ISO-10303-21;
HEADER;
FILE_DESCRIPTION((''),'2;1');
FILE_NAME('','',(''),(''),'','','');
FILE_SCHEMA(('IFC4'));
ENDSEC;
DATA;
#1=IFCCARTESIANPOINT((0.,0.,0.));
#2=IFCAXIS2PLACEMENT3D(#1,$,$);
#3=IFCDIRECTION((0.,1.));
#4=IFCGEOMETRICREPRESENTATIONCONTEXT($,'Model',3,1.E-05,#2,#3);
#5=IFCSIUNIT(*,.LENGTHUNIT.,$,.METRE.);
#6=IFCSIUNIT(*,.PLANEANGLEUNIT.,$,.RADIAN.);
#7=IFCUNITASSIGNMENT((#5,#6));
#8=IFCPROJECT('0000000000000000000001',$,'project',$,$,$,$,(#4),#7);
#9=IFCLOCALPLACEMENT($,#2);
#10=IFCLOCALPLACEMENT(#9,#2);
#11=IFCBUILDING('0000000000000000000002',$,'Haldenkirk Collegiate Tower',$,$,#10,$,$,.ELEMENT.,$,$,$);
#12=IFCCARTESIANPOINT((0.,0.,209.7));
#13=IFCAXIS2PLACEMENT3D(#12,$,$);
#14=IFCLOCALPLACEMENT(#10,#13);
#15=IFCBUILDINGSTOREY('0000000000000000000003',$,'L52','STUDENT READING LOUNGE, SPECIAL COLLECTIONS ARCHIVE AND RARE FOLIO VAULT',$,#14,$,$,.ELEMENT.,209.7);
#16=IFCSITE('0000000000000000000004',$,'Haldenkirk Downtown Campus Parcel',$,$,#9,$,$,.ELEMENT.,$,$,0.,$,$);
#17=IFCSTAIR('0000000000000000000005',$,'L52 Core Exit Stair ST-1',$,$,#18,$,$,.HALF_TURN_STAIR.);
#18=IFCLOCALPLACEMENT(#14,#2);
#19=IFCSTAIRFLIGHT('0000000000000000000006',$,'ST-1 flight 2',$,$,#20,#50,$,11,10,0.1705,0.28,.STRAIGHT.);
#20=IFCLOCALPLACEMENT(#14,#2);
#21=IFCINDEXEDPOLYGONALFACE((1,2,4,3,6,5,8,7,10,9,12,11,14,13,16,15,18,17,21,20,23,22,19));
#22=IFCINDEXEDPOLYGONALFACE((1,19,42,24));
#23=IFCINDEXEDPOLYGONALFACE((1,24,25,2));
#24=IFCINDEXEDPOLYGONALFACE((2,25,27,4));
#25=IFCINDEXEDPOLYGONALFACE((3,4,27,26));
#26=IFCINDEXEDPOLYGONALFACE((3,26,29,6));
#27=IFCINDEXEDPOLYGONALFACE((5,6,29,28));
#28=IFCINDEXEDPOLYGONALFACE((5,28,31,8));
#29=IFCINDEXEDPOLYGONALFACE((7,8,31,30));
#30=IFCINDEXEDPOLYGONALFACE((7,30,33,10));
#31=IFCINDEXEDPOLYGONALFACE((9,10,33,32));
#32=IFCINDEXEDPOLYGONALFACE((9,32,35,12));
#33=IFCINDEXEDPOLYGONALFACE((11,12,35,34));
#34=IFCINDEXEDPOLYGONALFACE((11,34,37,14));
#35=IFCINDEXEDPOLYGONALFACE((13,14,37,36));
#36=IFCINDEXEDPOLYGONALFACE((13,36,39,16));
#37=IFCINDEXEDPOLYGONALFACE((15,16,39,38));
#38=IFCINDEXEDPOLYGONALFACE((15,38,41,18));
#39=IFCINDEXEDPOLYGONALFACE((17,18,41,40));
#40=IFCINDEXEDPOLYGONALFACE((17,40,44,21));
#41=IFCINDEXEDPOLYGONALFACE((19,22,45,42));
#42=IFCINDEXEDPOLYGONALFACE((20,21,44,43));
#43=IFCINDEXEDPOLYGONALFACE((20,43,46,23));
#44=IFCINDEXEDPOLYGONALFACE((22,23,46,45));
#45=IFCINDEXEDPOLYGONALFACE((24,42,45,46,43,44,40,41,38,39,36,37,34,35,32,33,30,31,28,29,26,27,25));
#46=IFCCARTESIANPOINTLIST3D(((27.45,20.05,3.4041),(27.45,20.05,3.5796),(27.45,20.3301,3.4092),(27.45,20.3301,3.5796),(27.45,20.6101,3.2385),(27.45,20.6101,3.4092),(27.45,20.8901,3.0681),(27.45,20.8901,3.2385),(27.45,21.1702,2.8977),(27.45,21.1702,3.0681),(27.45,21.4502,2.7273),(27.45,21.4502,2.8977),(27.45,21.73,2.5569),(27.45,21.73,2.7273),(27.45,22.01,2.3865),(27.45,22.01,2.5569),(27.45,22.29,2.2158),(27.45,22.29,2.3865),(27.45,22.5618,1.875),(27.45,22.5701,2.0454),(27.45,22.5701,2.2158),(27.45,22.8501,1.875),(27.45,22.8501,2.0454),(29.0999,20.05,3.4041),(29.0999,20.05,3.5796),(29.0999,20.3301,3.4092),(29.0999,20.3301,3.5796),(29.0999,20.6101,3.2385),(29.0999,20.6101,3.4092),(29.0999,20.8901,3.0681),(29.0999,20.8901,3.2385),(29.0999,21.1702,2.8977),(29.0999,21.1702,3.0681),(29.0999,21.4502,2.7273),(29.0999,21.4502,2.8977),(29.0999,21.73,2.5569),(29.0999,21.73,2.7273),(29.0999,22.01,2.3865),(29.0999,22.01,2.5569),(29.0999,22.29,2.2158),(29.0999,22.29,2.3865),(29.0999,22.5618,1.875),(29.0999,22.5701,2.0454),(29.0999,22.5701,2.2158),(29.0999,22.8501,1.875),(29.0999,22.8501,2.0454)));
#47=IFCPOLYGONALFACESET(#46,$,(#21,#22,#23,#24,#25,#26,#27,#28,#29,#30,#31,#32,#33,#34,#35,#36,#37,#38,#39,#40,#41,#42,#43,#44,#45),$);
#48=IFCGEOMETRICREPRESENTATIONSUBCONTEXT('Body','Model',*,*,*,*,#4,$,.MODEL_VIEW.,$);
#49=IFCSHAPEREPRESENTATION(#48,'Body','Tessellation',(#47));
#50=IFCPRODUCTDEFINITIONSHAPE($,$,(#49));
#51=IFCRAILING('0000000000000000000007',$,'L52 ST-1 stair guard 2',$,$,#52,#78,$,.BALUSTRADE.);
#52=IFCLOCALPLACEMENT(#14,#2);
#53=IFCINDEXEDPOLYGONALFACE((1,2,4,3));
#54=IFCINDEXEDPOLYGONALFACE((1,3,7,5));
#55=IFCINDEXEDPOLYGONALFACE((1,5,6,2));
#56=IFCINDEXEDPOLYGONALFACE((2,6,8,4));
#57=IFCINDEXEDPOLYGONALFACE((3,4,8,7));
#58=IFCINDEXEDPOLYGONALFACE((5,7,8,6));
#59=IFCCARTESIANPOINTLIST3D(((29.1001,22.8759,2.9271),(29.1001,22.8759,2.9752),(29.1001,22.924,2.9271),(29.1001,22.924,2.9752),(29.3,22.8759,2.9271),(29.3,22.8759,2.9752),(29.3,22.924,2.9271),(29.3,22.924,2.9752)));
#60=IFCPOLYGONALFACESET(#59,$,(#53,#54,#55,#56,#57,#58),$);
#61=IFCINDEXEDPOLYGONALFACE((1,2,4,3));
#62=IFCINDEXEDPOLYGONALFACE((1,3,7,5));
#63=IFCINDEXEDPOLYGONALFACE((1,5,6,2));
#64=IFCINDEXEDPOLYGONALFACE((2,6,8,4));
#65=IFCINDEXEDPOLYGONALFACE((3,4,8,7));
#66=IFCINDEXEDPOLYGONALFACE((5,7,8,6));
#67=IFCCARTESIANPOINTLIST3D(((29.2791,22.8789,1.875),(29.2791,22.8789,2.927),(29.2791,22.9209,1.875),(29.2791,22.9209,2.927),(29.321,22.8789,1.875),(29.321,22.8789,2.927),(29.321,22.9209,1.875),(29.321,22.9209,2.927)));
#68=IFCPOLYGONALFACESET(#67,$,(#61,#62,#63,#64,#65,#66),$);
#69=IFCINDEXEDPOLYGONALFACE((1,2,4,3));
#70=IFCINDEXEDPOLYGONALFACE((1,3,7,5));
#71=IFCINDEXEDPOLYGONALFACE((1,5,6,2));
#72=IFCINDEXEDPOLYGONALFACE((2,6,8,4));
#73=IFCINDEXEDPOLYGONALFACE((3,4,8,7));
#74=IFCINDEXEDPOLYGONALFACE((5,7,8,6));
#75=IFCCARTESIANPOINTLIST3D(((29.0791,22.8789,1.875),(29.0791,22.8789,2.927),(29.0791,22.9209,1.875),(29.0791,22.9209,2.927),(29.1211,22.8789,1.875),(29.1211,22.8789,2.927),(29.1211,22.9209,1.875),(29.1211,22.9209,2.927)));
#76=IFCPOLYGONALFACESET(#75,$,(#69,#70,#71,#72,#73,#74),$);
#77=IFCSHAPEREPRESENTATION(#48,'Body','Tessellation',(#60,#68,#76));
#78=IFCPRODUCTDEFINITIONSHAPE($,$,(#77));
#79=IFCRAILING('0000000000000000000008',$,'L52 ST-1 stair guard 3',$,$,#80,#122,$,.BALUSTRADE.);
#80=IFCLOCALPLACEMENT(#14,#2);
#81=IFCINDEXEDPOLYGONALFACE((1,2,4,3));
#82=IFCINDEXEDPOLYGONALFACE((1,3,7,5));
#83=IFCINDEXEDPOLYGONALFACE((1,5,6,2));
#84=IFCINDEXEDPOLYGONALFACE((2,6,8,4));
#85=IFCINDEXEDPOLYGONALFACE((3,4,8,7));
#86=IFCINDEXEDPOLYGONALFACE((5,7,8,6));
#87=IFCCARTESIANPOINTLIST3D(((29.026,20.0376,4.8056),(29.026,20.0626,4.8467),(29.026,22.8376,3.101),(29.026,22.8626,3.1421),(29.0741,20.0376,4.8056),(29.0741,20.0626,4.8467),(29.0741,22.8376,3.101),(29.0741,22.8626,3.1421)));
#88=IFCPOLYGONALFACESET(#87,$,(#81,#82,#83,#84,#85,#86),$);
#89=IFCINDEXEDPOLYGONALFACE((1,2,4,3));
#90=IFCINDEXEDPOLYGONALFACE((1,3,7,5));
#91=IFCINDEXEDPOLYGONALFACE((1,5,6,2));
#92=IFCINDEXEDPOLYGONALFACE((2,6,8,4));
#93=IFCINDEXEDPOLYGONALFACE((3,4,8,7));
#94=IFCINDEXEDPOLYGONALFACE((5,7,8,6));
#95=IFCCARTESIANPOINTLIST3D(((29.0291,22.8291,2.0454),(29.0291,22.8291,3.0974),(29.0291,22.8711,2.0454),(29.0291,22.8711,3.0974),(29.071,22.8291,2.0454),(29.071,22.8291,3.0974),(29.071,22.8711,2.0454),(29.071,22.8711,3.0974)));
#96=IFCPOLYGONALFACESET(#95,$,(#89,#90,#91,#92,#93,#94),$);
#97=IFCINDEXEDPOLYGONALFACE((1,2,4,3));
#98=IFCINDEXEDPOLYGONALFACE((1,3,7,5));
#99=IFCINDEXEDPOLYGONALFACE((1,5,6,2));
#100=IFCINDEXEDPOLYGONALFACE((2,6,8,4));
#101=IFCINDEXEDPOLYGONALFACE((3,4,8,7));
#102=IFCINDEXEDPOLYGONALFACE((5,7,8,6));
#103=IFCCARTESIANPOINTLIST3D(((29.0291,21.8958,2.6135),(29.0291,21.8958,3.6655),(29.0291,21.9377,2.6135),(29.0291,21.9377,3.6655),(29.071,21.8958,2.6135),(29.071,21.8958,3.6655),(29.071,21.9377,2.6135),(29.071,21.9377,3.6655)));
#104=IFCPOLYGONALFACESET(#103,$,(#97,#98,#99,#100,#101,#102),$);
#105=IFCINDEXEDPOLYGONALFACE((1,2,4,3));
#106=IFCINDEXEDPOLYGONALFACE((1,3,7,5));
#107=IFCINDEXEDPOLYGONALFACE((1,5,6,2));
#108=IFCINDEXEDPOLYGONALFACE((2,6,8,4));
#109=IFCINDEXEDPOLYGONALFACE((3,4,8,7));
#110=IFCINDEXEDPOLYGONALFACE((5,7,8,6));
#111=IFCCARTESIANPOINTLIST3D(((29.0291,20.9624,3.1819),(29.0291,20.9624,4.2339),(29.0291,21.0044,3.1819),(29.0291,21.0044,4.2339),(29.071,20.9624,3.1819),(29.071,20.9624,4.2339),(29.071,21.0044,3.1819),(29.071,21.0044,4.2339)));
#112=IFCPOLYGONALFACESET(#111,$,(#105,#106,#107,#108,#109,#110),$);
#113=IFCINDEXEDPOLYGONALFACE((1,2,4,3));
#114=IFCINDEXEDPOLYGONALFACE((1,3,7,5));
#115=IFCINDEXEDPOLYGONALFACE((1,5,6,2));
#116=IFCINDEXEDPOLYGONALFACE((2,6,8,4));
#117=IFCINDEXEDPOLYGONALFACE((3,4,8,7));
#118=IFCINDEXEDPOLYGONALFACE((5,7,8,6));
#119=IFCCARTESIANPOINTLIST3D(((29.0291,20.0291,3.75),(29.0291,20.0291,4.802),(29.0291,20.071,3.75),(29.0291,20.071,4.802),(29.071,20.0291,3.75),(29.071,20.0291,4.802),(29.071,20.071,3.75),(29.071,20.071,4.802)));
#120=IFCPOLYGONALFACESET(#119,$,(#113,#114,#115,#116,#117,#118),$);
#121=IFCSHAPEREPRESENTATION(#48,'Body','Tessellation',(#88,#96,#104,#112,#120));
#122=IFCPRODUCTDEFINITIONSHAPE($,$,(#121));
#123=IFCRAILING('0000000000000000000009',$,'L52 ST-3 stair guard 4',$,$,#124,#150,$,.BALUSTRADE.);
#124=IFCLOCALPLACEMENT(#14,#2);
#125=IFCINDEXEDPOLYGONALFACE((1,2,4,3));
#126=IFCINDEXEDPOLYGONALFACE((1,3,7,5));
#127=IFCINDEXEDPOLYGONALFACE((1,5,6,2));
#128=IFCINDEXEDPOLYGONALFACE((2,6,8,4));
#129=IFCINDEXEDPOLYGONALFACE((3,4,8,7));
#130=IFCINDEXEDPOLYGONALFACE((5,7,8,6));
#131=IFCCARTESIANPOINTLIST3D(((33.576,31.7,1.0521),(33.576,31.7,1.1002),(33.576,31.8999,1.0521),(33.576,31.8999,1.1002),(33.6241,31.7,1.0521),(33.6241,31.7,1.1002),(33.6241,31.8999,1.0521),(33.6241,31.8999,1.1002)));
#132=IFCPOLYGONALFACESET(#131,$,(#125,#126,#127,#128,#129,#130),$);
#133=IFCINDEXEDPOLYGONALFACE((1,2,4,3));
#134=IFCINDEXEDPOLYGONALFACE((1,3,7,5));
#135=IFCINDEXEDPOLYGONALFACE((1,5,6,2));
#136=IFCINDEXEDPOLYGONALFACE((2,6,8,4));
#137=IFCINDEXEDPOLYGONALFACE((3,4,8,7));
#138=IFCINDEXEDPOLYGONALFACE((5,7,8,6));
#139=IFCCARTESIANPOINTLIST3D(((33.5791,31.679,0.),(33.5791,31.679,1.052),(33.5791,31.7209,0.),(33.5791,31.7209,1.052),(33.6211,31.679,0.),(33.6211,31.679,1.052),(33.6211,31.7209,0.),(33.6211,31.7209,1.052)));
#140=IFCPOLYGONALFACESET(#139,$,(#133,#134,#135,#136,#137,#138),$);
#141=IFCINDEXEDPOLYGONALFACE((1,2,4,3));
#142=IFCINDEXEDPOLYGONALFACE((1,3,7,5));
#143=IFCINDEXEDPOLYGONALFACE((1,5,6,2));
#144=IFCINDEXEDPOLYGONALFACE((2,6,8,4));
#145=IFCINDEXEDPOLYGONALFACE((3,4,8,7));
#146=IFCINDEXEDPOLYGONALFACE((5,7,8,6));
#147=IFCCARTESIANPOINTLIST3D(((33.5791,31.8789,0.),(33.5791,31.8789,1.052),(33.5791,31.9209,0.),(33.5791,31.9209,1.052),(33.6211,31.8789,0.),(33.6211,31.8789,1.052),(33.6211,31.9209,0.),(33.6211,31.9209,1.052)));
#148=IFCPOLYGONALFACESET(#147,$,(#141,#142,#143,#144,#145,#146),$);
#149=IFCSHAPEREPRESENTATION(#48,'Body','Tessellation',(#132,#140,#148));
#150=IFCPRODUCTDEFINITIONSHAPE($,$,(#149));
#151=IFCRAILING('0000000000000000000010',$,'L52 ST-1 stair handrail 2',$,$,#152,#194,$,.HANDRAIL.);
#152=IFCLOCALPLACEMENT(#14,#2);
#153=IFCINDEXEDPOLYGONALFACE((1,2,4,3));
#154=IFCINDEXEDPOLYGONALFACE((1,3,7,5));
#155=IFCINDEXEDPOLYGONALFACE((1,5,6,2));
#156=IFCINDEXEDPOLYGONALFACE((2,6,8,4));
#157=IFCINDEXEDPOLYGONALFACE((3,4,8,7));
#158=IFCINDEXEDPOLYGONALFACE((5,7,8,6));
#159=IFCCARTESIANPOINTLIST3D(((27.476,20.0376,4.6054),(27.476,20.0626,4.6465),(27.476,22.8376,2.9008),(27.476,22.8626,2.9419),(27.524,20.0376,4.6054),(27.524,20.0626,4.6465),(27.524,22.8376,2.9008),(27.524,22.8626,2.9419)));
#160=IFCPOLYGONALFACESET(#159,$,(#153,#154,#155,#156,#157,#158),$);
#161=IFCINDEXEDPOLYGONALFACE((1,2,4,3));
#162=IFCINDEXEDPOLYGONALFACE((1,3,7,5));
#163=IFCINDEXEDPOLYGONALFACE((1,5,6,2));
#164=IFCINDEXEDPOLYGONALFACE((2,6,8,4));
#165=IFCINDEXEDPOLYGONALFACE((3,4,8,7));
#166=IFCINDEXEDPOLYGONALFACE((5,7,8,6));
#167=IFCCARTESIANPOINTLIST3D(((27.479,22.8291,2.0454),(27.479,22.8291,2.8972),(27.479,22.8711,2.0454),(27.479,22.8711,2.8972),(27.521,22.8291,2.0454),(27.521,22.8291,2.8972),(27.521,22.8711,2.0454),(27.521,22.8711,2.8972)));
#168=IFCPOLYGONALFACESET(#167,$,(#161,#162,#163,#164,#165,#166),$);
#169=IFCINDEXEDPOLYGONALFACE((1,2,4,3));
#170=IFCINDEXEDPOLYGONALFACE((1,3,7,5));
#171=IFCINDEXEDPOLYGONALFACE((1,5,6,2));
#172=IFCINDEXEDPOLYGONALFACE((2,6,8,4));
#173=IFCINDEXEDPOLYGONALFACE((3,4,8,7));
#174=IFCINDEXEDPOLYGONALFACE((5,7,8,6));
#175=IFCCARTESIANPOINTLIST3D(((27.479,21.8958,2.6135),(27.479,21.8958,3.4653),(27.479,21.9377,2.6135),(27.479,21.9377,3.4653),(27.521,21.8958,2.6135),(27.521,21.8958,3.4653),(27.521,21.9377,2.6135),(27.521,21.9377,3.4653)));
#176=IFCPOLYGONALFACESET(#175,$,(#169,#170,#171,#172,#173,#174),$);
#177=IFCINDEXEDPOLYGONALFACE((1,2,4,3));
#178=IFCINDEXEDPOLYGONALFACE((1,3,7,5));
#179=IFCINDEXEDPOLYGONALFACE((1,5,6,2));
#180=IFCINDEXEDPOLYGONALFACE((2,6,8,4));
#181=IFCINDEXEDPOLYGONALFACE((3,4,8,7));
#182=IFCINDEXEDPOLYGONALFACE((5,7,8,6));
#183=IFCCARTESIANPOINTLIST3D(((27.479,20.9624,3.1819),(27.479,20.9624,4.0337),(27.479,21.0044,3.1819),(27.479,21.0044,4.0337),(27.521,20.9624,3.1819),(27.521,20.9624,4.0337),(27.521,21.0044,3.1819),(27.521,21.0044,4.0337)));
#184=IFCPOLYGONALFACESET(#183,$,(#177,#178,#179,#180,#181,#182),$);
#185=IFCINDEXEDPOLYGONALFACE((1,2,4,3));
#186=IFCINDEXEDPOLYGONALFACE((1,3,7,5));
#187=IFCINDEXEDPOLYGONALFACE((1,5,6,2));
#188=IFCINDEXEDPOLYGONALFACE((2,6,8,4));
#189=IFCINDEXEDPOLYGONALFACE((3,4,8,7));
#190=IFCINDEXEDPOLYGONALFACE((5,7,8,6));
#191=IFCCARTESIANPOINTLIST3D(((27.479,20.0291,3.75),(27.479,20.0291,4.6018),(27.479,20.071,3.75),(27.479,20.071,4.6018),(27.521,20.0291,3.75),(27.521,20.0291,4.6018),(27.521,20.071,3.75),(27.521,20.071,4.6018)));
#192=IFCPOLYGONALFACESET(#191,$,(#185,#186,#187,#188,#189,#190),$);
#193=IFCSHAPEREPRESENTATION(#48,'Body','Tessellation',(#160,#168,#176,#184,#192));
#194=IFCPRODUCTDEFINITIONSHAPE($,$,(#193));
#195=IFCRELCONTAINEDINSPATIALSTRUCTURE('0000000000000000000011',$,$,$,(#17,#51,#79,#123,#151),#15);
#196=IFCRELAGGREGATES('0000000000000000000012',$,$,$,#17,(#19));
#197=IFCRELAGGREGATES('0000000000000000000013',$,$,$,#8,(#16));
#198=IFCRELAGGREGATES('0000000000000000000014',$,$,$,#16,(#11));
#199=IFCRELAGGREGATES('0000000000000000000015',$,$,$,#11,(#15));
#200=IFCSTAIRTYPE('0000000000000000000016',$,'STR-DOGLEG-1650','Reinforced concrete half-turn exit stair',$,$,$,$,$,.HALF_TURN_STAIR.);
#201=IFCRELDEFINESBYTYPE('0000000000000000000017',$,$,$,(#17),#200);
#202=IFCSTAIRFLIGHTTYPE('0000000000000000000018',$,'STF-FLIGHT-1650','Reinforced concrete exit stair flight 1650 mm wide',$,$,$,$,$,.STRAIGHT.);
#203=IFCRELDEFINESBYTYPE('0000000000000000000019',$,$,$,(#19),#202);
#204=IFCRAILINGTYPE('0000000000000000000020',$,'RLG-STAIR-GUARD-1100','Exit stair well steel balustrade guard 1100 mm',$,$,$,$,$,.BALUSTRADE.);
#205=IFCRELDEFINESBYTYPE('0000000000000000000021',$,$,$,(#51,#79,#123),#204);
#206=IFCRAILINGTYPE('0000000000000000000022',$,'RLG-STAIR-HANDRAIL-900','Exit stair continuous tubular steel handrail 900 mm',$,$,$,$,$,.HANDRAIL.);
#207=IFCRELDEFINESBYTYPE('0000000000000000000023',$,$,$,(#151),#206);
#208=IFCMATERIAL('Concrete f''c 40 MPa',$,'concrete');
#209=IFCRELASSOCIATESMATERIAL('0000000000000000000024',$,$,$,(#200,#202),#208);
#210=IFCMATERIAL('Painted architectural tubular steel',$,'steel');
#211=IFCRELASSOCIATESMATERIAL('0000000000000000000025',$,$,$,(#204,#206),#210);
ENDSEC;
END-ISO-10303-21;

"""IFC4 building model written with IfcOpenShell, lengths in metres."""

from ifc_helpers import new_model, si_unit, direction, frame, origin, origin_2d, place, context, subcontext, project, spatial, polyline, rectangle, outline, extrude, material, type_object, element, aggregate, save


model = new_model("IFC4")

# Units and contexts
model_context = context("Model", 3, precision=1e-05, world=origin(), true_north=direction((0.0, 1.0)))
body_context = subcontext(model_context, "Body", "Model", "MODEL_VIEW")
ifc_project = project(units=[si_unit("LENGTHUNIT", "METRE"), si_unit("PLANEANGLEUNIT", "RADIAN")], contexts=[model_context])

# Site, building, storey
site_placement = place(None, origin())
site = spatial("IfcSite", under=ifc_project, at=site_placement, Name="Haldenkirk Downtown Campus Parcel", CompositionType="ELEMENT", RefElevation=0.0)
building_placement = place(site_placement, origin())
building = spatial("IfcBuilding", under=site, at=building_placement, Name="Haldenkirk Collegiate Tower", CompositionType="ELEMENT")
storey_placement = place(building_placement, frame((0.0, 0.0, 209.7)))
storey = spatial("IfcBuildingStorey", under=building, at=storey_placement, Name="L52", Description="STUDENT READING LOUNGE, SPECIAL COLLECTIONS ARCHIVE AND RARE FOLIO VAULT", CompositionType="ELEMENT", Elevation=209.7)

# Stair, stair flight
ifc_material_1 = material(Name="Concrete f'c 40 MPa", Category="concrete")
stair_type = type_object("IfcStairType", Name="STR-DOGLEG-1650", Description="Reinforced concrete half-turn exit stair", PredefinedType="HALF_TURN_STAIR", material=ifc_material_1)
stair_placement = place(storey_placement, origin())
stair = element("IfcStair", 1, at=stair_placement, inside=storey, type_object=stair_type, Name="L52 Core Exit Stair ST-1", PredefinedType="HALF_TURN_STAIR")
stair_flight_type = type_object("IfcStairFlightType", Name="STF-FLIGHT-1650", Description="Reinforced concrete exit stair flight 1650 mm wide", PredefinedType="STRAIGHT", material=ifc_material_1)
stair_flight_placement = place(storey_placement, frame((28.2749, 22.8501, 1.875), z_axis=(0.0, 0.0, 1.0), x_axis=(0.0, -1.0, 0.0)))
stair_flight = element("IfcStairFlight", 2, at=stair_flight_placement, type_object=stair_flight_type, Name="ST-1 flight 2", NumberOfRisers=11, NumberOfTreads=10, PredefinedType="STRAIGHT", RiserHeight=0.1705, TreadLength=0.28, context=body_context, shape_type="SweptSolid", body=[
    extrude(outline(polyline([(0.0, 0.0), (0.0, 0.1704), (0.28, 0.1704), (0.28, 0.3408), (0.5601, 0.3408), (0.5601, 0.5115), (0.8401, 0.5115), (0.8401, 0.6819), (1.1201, 0.6819), (1.1201, 0.8523), (1.3999, 0.8523), (1.3999, 1.0227), (1.6799, 1.0227), (1.6799, 1.1931), (1.96, 1.1931), (1.96, 1.3635), (2.24, 1.3635), (2.24, 1.5342), (2.52, 1.5342), (2.52, 1.7046), (2.8, 1.7046), (2.8, 1.875), (2.8, 1.5291), (0.2883, 0.0), (0.0, 0.0)])), frame((0.0, 0.825, 0.0), z_axis=(0.0, -1.0, 0.0), x_axis=(1.0, 0.0, 0.0)), (0.0, 0.0, 1.0), 1.6499),
])
aggregate(stair, [stair_flight])

# Railings
ifc_material_2 = material(Name="Painted architectural tubular steel", Category="steel")
railing_type_1 = type_object("IfcRailingType", Name="RLG-STAIR-GUARD-1100", Description="Exit stair well steel balustrade guard 1100 mm", PredefinedType="BALUSTRADE", material=ifc_material_2)
railing_1_placement = place(storey_placement, frame((29.3, 22.8999, 1.875)))
element("IfcRailing", 3, at=railing_1_placement, inside=storey, type_object=railing_type_1, Name="L52 ST-1 stair guard 2", PredefinedType="BALUSTRADE", context=body_context, shape_type="SweptSolid", body=[
    extrude(rectangle(XDim=0.0481, YDim=0.0481, at=origin_2d()), frame((0.0, 0.0, 1.0762), z_axis=(-1.0, 0.0, 0.0), x_axis=(0.0, -1.0, 0.0)), (0.0, 0.0, 1.0), 0.2),
    extrude(rectangle(XDim=0.042, YDim=0.042, at=origin_2d()), origin(), (0.0, 0.0, 1.0), 1.052),
    extrude(rectangle(XDim=0.042, YDim=0.042, at=origin_2d()), frame((-0.2, 0.0, 0.0)), (0.0, 0.0, 1.0), 1.052),
])
railing_2_placement = place(storey_placement, frame((29.05, 22.8501, 2.0454)))
element("IfcRailing", 4, at=railing_2_placement, inside=storey, type_object=railing_type_1, Name="L52 ST-1 stair guard 3", PredefinedType="BALUSTRADE", context=body_context, shape_type="SweptSolid", body=[
    extrude(rectangle(XDim=0.0481, YDim=0.0481, at=origin_2d()), frame((0.0, 0.0, 1.0762), z_axis=(0.0, -0.85417, 0.519994), x_axis=(1.0, 0.0, 0.0)), (0.0, 0.0, 1.0), 3.2781),
    extrude(rectangle(XDim=0.042, YDim=0.042, at=origin_2d()), origin(), (0.0, 0.0, 1.0), 1.052),
    extrude(rectangle(XDim=0.042, YDim=0.042, at=origin_2d()), frame((0.0, -0.9333, 0.5681)), (0.0, 0.0, 1.0), 1.052),
    extrude(rectangle(XDim=0.042, YDim=0.042, at=origin_2d()), frame((0.0, -1.8667, 1.1365)), (0.0, 0.0, 1.0), 1.052),
    extrude(rectangle(XDim=0.042, YDim=0.042, at=origin_2d()), frame((0.0, -2.8, 1.7046)), (0.0, 0.0, 1.0), 1.052),
])
railing_3_placement = place(storey_placement, frame((33.6001, 31.7, 0.0)))
element("IfcRailing", 5, at=railing_3_placement, inside=storey, type_object=railing_type_1, Name="L52 ST-3 stair guard 4", PredefinedType="BALUSTRADE", context=body_context, shape_type="SweptSolid", body=[
    extrude(rectangle(XDim=0.0481, YDim=0.0481, at=origin_2d()), frame((0.0, 0.0, 1.0762), z_axis=(0.0, 1.0, 0.0), x_axis=(-1.0, 0.0, 0.0)), (0.0, 0.0, 1.0), 0.2),
    extrude(rectangle(XDim=0.042, YDim=0.042, at=origin_2d()), origin(), (0.0, 0.0, 1.0), 1.052),
    extrude(rectangle(XDim=0.042, YDim=0.042, at=origin_2d()), frame((0.0, 0.2, 0.0)), (0.0, 0.0, 1.0), 1.052),
])
railing_type_2 = type_object("IfcRailingType", Name="RLG-STAIR-HANDRAIL-900", Description="Exit stair continuous tubular steel handrail 900 mm", PredefinedType="HANDRAIL", material=ifc_material_2)
railing_4_placement = place(storey_placement, frame((27.5, 22.8501, 2.0454)))
element("IfcRailing", 6, at=railing_4_placement, inside=storey, type_object=railing_type_2, Name="L52 ST-1 stair handrail 2", PredefinedType="HANDRAIL", context=body_context, shape_type="SweptSolid", body=[
    extrude(rectangle(XDim=0.0481, YDim=0.0481, at=origin_2d()), frame((0.0, 0.0, 0.876), z_axis=(0.0, -0.85417, 0.519994), x_axis=(1.0, 0.0, 0.0)), (0.0, 0.0, 1.0), 3.2781),
    extrude(rectangle(XDim=0.042, YDim=0.042, at=origin_2d()), origin(), (0.0, 0.0, 1.0), 0.8518),
    extrude(rectangle(XDim=0.042, YDim=0.042, at=origin_2d()), frame((0.0, -0.9333, 0.5681)), (0.0, 0.0, 1.0), 0.8518),
    extrude(rectangle(XDim=0.042, YDim=0.042, at=origin_2d()), frame((0.0, -1.8667, 1.1365)), (0.0, 0.0, 1.0), 0.8518),
    extrude(rectangle(XDim=0.042, YDim=0.042, at=origin_2d()), frame((0.0, -2.8, 1.7046)), (0.0, 0.0, 1.0), 0.8518),
])

save(model, "model.ifc")
